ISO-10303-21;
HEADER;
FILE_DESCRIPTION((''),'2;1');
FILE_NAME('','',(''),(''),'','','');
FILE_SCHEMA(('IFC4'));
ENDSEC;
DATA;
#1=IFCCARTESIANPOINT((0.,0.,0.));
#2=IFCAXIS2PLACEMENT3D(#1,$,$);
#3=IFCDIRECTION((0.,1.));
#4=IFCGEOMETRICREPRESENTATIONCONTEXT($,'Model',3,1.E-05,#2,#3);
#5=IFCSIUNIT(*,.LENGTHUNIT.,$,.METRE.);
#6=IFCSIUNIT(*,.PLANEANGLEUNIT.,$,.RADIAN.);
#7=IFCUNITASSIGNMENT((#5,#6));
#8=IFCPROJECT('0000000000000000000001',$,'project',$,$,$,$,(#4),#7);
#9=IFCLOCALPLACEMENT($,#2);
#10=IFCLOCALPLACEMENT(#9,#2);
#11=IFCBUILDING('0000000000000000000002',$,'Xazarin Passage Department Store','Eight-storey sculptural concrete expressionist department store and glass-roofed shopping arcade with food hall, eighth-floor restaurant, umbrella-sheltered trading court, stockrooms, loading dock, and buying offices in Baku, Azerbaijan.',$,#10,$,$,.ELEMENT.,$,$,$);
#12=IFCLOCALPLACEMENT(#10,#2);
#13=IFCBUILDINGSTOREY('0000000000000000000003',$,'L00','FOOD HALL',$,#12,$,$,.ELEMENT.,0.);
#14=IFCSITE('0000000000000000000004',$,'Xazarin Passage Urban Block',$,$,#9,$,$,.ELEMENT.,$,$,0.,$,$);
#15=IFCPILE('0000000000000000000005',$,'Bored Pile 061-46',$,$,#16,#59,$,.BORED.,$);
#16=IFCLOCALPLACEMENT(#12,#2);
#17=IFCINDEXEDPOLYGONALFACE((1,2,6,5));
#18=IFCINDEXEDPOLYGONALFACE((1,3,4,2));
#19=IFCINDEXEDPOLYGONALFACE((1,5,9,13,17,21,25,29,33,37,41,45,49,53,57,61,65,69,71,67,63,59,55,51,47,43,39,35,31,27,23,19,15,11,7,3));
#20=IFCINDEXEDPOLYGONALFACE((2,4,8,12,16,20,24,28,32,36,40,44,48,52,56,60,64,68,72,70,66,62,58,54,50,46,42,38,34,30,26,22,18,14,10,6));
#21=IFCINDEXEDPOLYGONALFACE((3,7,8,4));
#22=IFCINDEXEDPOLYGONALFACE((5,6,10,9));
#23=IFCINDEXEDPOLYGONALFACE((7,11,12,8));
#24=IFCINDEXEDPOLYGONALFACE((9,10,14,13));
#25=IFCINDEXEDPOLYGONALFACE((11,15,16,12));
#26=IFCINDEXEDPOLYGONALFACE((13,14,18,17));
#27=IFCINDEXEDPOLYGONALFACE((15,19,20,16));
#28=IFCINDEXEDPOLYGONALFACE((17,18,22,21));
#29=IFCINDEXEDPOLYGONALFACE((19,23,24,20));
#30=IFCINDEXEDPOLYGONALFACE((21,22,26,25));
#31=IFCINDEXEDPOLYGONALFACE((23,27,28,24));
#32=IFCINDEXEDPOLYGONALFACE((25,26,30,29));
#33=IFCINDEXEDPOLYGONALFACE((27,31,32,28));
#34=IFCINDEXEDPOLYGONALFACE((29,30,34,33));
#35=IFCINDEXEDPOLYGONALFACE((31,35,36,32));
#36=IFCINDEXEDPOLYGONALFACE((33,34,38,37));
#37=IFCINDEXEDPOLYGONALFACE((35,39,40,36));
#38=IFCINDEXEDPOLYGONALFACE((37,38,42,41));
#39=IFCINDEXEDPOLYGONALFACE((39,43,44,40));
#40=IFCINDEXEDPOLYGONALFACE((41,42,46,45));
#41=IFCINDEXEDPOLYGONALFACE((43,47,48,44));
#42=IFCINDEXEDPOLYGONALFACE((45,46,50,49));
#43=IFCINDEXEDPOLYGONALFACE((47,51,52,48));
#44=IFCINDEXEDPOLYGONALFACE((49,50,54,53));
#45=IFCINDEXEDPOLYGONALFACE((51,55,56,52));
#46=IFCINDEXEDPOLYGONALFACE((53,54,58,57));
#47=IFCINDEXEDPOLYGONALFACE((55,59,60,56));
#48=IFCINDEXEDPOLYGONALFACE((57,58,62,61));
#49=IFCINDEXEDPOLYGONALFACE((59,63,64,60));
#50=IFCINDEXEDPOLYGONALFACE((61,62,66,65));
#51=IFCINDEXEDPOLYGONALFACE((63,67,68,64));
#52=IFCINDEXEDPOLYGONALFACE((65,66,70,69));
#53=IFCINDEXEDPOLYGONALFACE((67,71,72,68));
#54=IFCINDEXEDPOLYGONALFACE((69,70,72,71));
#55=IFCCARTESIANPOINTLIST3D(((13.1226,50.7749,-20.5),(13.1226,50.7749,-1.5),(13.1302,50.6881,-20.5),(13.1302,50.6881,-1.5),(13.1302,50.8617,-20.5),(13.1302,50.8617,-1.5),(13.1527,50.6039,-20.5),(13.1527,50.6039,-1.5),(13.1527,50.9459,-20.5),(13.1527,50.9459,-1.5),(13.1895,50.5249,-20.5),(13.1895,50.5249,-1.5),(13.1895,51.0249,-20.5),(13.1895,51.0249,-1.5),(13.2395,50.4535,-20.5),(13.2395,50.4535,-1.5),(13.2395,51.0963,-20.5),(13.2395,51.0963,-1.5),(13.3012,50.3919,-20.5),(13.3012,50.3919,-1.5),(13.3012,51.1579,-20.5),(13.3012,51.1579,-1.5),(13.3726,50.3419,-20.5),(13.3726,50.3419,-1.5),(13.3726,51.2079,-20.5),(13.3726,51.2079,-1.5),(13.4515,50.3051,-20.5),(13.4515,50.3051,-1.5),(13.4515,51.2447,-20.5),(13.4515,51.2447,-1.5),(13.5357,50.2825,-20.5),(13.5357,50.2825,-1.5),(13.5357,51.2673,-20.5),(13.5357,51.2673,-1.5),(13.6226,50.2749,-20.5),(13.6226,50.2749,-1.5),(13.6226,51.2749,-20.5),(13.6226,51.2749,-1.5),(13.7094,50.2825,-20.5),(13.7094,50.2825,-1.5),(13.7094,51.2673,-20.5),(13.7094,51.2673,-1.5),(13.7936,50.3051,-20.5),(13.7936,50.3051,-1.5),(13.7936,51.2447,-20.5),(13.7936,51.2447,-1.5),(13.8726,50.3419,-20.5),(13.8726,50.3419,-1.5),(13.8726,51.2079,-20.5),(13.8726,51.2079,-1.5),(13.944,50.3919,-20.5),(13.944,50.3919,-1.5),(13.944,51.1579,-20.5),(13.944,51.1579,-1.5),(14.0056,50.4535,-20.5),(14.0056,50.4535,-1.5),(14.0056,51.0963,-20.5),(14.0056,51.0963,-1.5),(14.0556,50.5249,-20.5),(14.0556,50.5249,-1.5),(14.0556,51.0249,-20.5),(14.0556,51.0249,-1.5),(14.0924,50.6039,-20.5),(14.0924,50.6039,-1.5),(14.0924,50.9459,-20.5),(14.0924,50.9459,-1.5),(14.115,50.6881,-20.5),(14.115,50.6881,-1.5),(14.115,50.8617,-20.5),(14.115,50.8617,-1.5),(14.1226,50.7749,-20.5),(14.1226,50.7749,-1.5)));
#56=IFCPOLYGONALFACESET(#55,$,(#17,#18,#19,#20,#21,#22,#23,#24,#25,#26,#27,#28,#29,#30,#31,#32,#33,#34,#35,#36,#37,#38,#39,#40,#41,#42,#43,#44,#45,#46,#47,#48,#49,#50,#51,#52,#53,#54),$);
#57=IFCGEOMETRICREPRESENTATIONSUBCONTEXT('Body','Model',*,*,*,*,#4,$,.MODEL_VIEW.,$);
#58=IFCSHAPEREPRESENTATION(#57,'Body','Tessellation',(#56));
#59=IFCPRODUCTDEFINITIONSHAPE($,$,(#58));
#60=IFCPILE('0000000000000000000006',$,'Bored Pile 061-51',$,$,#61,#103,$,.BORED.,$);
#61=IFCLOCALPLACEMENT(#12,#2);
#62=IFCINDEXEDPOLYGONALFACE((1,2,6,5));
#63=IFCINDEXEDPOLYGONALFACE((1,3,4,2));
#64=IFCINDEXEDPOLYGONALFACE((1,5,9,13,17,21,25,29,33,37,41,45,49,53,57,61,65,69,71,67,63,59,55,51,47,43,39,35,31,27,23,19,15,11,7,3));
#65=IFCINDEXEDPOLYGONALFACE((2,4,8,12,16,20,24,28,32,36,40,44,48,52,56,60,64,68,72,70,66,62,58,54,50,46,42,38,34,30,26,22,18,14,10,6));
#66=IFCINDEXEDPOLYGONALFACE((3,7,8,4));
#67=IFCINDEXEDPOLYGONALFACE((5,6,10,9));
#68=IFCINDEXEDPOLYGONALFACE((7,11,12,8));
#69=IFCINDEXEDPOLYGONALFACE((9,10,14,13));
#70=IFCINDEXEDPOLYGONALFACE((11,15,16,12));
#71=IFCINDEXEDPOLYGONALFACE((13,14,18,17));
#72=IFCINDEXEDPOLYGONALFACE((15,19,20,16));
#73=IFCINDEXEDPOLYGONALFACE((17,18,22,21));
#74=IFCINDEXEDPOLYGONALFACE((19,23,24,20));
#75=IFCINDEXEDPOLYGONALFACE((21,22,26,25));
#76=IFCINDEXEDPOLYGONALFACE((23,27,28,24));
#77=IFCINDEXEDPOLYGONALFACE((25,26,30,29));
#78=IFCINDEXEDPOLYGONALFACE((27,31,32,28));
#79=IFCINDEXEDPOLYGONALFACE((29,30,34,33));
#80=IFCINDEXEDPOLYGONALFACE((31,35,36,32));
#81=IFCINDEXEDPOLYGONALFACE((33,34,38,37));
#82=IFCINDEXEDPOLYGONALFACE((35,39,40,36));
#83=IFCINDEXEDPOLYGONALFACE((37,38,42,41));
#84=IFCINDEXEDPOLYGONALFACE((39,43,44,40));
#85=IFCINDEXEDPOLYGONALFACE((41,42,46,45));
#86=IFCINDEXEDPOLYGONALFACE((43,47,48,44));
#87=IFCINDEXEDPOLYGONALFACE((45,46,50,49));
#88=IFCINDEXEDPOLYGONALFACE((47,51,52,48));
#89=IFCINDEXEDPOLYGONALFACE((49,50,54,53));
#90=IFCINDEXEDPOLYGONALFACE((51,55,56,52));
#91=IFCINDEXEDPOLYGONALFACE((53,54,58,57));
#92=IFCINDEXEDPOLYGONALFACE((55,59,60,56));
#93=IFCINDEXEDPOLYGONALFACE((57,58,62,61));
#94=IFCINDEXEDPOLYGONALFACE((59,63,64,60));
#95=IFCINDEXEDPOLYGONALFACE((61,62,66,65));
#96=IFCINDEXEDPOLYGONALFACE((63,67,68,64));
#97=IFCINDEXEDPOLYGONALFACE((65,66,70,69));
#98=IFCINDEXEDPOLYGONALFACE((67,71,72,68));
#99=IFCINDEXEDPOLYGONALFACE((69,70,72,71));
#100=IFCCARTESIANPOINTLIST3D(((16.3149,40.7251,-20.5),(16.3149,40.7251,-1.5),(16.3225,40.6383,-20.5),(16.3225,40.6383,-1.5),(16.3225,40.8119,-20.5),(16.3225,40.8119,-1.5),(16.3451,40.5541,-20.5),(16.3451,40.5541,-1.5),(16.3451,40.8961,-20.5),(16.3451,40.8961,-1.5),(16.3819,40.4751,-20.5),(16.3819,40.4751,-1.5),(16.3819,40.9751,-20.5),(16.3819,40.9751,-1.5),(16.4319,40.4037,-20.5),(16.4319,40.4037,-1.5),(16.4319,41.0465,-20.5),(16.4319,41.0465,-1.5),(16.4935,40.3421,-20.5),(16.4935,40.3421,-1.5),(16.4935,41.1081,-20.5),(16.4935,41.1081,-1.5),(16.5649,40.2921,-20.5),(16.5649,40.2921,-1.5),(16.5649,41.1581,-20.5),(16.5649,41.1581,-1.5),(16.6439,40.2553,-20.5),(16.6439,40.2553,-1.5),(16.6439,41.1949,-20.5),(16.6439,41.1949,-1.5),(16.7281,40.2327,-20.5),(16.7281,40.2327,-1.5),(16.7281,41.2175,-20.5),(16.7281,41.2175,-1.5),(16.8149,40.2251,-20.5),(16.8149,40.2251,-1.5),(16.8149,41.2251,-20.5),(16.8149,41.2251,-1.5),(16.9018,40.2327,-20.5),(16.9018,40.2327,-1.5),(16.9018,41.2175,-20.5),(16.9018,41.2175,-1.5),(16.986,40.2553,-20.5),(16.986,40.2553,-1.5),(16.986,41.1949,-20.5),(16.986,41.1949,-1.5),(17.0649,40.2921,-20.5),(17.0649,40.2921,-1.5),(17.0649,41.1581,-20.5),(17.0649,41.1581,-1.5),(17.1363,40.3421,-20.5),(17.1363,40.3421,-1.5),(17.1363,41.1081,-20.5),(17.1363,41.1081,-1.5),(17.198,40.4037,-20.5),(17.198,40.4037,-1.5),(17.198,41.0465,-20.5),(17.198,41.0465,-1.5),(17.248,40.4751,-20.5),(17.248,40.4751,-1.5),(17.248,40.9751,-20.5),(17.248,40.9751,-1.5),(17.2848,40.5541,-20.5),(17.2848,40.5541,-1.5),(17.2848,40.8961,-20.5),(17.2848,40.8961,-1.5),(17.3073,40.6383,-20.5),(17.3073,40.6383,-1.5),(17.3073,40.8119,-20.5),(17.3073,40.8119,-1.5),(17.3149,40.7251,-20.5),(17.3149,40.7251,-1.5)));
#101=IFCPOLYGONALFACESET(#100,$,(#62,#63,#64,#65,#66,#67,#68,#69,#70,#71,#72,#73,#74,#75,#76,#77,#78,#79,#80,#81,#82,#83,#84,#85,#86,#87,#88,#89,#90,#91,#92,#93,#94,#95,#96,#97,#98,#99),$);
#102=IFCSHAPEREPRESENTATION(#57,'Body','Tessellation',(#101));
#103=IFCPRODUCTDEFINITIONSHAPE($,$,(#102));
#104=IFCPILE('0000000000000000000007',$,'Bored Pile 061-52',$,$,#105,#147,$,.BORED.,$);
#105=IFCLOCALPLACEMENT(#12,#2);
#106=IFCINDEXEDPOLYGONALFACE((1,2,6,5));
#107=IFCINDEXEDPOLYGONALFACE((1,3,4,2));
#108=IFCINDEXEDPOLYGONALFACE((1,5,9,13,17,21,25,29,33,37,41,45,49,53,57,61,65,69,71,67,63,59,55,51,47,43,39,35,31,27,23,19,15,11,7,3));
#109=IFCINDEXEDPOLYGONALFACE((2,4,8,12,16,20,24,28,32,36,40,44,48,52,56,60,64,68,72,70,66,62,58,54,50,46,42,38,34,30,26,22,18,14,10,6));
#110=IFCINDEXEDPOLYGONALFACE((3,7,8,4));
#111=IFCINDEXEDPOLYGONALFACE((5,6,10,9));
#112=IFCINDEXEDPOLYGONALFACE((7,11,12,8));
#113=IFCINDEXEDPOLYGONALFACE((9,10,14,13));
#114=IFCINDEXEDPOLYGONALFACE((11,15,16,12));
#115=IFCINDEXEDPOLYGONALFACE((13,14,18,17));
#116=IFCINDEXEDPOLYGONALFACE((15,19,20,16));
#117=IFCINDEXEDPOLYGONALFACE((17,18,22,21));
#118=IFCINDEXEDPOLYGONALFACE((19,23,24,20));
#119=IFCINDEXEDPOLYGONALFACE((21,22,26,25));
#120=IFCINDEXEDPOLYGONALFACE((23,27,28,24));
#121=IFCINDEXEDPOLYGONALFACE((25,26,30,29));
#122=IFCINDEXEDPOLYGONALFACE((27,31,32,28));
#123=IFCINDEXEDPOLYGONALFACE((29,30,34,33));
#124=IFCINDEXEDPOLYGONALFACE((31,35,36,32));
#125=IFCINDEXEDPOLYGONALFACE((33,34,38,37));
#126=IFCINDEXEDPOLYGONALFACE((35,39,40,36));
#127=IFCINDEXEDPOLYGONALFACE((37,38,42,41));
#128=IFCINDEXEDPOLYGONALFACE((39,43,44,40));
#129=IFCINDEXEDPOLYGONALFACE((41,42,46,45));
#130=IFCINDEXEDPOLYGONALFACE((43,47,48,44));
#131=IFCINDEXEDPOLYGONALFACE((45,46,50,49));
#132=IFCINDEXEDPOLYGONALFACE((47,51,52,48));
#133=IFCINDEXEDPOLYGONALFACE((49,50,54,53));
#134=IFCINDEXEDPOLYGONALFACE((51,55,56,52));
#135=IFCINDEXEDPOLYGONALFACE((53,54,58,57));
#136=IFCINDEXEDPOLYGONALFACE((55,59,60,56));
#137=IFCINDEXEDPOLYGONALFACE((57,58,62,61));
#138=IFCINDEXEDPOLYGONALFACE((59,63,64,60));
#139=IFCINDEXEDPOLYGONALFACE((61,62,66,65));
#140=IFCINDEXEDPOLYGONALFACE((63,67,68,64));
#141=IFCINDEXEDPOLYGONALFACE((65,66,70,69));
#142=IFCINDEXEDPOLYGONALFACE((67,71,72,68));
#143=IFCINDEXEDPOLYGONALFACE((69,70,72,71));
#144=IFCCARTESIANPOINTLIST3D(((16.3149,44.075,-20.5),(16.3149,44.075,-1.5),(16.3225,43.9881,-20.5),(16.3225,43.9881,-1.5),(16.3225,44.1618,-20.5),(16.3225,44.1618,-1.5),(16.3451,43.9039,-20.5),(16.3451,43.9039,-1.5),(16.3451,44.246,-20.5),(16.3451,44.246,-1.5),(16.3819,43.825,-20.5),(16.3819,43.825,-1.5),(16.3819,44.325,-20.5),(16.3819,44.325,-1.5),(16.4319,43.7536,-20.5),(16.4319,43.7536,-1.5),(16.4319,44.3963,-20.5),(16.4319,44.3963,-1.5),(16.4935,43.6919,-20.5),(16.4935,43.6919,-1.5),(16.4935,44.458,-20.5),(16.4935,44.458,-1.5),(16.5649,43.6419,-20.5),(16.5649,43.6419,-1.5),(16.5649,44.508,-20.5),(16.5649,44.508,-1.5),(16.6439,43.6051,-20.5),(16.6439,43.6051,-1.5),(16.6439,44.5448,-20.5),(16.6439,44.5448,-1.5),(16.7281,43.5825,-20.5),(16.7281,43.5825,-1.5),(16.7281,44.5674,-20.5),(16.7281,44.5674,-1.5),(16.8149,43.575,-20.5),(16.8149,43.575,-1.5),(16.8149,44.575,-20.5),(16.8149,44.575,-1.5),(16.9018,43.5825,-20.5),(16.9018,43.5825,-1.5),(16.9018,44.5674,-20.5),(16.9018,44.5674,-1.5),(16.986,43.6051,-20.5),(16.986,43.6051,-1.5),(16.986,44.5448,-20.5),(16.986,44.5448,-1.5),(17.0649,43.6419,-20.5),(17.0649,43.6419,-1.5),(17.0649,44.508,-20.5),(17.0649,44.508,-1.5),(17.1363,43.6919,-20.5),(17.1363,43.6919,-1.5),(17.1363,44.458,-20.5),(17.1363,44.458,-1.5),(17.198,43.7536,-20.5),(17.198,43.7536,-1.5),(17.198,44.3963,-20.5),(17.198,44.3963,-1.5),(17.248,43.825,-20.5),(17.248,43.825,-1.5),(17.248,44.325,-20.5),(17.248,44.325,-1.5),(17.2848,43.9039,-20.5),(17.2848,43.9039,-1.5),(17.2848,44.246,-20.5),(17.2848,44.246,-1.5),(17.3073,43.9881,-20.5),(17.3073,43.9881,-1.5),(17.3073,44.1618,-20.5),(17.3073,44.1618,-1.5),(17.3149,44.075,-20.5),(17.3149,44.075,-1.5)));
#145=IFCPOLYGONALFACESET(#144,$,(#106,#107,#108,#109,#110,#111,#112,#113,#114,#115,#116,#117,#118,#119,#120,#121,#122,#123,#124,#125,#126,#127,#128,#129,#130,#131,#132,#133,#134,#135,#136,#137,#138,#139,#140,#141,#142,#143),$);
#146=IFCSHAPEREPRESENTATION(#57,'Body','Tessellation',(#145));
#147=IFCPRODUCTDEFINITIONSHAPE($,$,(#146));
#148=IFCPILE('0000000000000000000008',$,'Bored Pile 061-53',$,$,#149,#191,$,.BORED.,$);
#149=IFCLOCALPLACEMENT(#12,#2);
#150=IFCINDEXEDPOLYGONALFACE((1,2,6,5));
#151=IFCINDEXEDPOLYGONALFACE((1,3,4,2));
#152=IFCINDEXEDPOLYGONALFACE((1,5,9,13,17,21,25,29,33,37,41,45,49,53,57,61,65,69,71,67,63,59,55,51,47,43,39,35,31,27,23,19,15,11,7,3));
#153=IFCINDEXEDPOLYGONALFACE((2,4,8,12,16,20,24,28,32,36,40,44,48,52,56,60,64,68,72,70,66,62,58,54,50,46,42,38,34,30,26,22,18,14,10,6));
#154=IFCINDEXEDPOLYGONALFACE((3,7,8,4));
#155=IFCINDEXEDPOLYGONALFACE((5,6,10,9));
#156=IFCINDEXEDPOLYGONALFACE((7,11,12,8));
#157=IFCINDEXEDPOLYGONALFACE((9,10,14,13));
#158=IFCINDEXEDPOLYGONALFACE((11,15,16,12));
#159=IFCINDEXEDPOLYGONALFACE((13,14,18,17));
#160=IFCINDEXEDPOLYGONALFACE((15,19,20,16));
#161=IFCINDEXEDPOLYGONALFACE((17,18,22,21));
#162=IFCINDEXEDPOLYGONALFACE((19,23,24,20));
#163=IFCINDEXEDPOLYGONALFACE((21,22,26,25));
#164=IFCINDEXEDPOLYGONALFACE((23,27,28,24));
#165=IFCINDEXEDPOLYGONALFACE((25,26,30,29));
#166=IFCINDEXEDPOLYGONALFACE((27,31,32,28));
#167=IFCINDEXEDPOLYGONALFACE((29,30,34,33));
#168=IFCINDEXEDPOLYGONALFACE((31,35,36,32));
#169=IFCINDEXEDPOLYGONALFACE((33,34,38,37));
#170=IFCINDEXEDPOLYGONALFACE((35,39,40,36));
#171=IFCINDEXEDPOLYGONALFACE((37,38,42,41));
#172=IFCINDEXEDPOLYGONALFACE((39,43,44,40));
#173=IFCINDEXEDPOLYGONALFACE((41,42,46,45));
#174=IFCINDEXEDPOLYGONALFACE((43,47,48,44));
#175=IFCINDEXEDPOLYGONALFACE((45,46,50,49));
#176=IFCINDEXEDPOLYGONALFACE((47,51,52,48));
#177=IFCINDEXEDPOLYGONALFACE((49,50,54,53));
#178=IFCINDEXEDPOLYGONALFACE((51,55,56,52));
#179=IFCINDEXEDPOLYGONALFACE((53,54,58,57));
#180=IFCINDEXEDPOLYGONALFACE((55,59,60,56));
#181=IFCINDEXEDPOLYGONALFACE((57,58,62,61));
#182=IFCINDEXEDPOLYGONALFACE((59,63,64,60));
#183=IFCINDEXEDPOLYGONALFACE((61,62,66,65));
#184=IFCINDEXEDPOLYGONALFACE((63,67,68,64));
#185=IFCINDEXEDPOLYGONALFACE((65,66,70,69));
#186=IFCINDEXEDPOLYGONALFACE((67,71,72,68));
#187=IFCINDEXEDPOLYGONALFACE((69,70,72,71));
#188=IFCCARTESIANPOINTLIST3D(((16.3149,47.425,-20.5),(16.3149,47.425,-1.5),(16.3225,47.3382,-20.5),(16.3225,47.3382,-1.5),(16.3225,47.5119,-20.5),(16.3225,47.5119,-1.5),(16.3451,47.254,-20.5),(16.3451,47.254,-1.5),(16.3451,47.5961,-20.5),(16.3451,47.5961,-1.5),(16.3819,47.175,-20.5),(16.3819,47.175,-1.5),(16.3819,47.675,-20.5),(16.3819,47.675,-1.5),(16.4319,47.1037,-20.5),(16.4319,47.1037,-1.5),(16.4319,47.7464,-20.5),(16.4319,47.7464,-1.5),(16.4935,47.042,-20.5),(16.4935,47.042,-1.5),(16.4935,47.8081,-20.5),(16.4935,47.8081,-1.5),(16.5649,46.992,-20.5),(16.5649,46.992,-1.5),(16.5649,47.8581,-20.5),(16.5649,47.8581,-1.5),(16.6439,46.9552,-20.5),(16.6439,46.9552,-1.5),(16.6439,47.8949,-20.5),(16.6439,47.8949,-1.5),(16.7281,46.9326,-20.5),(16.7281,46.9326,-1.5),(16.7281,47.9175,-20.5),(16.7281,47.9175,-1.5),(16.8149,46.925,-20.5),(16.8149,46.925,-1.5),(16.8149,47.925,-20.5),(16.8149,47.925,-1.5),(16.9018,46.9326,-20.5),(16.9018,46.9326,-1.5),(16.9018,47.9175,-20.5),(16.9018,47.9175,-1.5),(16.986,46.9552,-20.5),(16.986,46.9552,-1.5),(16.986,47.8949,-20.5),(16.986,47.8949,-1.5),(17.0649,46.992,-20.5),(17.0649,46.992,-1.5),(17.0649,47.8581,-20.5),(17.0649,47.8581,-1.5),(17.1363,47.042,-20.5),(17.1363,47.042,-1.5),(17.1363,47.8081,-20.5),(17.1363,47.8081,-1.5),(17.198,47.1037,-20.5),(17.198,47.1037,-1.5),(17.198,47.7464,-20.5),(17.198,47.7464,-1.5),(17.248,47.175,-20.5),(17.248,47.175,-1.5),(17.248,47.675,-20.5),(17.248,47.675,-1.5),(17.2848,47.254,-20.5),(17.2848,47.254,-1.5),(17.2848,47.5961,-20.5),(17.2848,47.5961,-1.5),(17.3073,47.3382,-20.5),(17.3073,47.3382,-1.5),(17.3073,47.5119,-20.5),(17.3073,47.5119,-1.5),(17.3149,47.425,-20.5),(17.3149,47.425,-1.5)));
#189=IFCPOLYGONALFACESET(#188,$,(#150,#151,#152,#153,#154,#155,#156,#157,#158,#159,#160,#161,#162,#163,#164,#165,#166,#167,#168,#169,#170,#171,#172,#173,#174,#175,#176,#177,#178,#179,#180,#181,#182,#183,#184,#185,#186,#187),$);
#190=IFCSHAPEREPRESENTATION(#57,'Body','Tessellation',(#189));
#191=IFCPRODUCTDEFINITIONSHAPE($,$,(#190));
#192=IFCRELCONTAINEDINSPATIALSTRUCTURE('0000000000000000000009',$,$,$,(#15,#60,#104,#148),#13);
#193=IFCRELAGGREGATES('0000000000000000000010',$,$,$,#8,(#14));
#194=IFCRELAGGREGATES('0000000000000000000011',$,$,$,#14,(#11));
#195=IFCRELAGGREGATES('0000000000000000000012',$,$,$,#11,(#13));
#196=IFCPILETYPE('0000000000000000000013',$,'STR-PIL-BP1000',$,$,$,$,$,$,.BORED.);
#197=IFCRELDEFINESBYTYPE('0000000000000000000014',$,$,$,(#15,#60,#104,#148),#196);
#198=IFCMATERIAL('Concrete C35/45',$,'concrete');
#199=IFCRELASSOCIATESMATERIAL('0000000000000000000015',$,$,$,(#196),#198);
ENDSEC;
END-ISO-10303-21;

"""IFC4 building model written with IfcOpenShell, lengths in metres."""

from ifc_helpers import new_model, si_unit, direction, frame, origin, origin_2d, place, context, subcontext, project, spatial, circle, extrude, material, material_profile, profile_set, type_object, element, save


model = new_model("IFC4")

# Units and contexts
model_context = context("Model", 3, precision=1e-05, world=origin(), true_north=direction((0.0, 1.0)))
body_context = subcontext(model_context, "Body", "Model", "MODEL_VIEW")
ifc_project = project(units=[si_unit("LENGTHUNIT", "METRE"), si_unit("PLANEANGLEUNIT", "RADIAN")], contexts=[model_context])

# Site, building, storey
site_placement = place(None, origin())
site = spatial("IfcSite", under=ifc_project, at=site_placement, Name="Xazarin Passage Urban Block", CompositionType="ELEMENT", RefElevation=0.0)
building_placement = place(site_placement, origin())
building = spatial("IfcBuilding", under=site, at=building_placement, Name="Xazarin Passage Department Store", Description="Eight-storey sculptural concrete expressionist department store and glass-roofed shopping arcade with food hall, eighth-floor restaurant, umbrella-sheltered trading court, stockrooms, loading dock, and buying offices in Baku, Azerbaijan.", CompositionType="ELEMENT")
storey_placement = place(building_placement, origin())
storey = spatial("IfcBuildingStorey", under=building, at=storey_placement, Name="L00", Description="FOOD HALL", CompositionType="ELEMENT", Elevation=0.0)

# Piles
ifc_material_1 = material(Name="Concrete C35/45", Category="concrete")
ifc_material_profile_1 = material_profile(ifc_material_1, circle(Radius=0.5, at=origin_2d()), Name="BP 1000")
ifc_profile_set_1 = profile_set([ifc_material_profile_1], Name="Concrete C35/45")
pile_type_1 = type_object("IfcPileType", Name="STR-PIL-BP1000", PredefinedType="BORED", material=ifc_profile_set_1)
for number, where, z_axis, x_axis, name in (
    (1, (13.6226, 50.7749, -1.5), (0.0, 0.0, -1.0), (1.0, 0.0, 0.0), "Bored Pile 061-46"),
    (2, (16.8149, 40.7251, -1.5), (0.0, 0.0, -1.0), (1.0, 0.0, 0.0), "Bored Pile 061-51"),
    (3, (16.8149, 44.075, -1.5), (0.0, 0.0, -1.0), (1.0, 0.0, 0.0), "Bored Pile 061-52"),
    (4, (16.8149, 47.425, -1.5), (0.0, 0.0, -1.0), (1.0, 0.0, 0.0), "Bored Pile 061-53"),
):
    element("IfcPile", number, at=place(storey_placement, frame(where, z_axis=z_axis, x_axis=x_axis)), inside=storey, type_object=pile_type_1, Name=name, PredefinedType="BORED", context=body_context, shape_type="SweptSolid", body=[
        extrude(circle(Radius=0.5, at=origin_2d()), origin(), (0.0, 0.0, 1.0), 19.0),
    ])

save(model, "model.ifc")
